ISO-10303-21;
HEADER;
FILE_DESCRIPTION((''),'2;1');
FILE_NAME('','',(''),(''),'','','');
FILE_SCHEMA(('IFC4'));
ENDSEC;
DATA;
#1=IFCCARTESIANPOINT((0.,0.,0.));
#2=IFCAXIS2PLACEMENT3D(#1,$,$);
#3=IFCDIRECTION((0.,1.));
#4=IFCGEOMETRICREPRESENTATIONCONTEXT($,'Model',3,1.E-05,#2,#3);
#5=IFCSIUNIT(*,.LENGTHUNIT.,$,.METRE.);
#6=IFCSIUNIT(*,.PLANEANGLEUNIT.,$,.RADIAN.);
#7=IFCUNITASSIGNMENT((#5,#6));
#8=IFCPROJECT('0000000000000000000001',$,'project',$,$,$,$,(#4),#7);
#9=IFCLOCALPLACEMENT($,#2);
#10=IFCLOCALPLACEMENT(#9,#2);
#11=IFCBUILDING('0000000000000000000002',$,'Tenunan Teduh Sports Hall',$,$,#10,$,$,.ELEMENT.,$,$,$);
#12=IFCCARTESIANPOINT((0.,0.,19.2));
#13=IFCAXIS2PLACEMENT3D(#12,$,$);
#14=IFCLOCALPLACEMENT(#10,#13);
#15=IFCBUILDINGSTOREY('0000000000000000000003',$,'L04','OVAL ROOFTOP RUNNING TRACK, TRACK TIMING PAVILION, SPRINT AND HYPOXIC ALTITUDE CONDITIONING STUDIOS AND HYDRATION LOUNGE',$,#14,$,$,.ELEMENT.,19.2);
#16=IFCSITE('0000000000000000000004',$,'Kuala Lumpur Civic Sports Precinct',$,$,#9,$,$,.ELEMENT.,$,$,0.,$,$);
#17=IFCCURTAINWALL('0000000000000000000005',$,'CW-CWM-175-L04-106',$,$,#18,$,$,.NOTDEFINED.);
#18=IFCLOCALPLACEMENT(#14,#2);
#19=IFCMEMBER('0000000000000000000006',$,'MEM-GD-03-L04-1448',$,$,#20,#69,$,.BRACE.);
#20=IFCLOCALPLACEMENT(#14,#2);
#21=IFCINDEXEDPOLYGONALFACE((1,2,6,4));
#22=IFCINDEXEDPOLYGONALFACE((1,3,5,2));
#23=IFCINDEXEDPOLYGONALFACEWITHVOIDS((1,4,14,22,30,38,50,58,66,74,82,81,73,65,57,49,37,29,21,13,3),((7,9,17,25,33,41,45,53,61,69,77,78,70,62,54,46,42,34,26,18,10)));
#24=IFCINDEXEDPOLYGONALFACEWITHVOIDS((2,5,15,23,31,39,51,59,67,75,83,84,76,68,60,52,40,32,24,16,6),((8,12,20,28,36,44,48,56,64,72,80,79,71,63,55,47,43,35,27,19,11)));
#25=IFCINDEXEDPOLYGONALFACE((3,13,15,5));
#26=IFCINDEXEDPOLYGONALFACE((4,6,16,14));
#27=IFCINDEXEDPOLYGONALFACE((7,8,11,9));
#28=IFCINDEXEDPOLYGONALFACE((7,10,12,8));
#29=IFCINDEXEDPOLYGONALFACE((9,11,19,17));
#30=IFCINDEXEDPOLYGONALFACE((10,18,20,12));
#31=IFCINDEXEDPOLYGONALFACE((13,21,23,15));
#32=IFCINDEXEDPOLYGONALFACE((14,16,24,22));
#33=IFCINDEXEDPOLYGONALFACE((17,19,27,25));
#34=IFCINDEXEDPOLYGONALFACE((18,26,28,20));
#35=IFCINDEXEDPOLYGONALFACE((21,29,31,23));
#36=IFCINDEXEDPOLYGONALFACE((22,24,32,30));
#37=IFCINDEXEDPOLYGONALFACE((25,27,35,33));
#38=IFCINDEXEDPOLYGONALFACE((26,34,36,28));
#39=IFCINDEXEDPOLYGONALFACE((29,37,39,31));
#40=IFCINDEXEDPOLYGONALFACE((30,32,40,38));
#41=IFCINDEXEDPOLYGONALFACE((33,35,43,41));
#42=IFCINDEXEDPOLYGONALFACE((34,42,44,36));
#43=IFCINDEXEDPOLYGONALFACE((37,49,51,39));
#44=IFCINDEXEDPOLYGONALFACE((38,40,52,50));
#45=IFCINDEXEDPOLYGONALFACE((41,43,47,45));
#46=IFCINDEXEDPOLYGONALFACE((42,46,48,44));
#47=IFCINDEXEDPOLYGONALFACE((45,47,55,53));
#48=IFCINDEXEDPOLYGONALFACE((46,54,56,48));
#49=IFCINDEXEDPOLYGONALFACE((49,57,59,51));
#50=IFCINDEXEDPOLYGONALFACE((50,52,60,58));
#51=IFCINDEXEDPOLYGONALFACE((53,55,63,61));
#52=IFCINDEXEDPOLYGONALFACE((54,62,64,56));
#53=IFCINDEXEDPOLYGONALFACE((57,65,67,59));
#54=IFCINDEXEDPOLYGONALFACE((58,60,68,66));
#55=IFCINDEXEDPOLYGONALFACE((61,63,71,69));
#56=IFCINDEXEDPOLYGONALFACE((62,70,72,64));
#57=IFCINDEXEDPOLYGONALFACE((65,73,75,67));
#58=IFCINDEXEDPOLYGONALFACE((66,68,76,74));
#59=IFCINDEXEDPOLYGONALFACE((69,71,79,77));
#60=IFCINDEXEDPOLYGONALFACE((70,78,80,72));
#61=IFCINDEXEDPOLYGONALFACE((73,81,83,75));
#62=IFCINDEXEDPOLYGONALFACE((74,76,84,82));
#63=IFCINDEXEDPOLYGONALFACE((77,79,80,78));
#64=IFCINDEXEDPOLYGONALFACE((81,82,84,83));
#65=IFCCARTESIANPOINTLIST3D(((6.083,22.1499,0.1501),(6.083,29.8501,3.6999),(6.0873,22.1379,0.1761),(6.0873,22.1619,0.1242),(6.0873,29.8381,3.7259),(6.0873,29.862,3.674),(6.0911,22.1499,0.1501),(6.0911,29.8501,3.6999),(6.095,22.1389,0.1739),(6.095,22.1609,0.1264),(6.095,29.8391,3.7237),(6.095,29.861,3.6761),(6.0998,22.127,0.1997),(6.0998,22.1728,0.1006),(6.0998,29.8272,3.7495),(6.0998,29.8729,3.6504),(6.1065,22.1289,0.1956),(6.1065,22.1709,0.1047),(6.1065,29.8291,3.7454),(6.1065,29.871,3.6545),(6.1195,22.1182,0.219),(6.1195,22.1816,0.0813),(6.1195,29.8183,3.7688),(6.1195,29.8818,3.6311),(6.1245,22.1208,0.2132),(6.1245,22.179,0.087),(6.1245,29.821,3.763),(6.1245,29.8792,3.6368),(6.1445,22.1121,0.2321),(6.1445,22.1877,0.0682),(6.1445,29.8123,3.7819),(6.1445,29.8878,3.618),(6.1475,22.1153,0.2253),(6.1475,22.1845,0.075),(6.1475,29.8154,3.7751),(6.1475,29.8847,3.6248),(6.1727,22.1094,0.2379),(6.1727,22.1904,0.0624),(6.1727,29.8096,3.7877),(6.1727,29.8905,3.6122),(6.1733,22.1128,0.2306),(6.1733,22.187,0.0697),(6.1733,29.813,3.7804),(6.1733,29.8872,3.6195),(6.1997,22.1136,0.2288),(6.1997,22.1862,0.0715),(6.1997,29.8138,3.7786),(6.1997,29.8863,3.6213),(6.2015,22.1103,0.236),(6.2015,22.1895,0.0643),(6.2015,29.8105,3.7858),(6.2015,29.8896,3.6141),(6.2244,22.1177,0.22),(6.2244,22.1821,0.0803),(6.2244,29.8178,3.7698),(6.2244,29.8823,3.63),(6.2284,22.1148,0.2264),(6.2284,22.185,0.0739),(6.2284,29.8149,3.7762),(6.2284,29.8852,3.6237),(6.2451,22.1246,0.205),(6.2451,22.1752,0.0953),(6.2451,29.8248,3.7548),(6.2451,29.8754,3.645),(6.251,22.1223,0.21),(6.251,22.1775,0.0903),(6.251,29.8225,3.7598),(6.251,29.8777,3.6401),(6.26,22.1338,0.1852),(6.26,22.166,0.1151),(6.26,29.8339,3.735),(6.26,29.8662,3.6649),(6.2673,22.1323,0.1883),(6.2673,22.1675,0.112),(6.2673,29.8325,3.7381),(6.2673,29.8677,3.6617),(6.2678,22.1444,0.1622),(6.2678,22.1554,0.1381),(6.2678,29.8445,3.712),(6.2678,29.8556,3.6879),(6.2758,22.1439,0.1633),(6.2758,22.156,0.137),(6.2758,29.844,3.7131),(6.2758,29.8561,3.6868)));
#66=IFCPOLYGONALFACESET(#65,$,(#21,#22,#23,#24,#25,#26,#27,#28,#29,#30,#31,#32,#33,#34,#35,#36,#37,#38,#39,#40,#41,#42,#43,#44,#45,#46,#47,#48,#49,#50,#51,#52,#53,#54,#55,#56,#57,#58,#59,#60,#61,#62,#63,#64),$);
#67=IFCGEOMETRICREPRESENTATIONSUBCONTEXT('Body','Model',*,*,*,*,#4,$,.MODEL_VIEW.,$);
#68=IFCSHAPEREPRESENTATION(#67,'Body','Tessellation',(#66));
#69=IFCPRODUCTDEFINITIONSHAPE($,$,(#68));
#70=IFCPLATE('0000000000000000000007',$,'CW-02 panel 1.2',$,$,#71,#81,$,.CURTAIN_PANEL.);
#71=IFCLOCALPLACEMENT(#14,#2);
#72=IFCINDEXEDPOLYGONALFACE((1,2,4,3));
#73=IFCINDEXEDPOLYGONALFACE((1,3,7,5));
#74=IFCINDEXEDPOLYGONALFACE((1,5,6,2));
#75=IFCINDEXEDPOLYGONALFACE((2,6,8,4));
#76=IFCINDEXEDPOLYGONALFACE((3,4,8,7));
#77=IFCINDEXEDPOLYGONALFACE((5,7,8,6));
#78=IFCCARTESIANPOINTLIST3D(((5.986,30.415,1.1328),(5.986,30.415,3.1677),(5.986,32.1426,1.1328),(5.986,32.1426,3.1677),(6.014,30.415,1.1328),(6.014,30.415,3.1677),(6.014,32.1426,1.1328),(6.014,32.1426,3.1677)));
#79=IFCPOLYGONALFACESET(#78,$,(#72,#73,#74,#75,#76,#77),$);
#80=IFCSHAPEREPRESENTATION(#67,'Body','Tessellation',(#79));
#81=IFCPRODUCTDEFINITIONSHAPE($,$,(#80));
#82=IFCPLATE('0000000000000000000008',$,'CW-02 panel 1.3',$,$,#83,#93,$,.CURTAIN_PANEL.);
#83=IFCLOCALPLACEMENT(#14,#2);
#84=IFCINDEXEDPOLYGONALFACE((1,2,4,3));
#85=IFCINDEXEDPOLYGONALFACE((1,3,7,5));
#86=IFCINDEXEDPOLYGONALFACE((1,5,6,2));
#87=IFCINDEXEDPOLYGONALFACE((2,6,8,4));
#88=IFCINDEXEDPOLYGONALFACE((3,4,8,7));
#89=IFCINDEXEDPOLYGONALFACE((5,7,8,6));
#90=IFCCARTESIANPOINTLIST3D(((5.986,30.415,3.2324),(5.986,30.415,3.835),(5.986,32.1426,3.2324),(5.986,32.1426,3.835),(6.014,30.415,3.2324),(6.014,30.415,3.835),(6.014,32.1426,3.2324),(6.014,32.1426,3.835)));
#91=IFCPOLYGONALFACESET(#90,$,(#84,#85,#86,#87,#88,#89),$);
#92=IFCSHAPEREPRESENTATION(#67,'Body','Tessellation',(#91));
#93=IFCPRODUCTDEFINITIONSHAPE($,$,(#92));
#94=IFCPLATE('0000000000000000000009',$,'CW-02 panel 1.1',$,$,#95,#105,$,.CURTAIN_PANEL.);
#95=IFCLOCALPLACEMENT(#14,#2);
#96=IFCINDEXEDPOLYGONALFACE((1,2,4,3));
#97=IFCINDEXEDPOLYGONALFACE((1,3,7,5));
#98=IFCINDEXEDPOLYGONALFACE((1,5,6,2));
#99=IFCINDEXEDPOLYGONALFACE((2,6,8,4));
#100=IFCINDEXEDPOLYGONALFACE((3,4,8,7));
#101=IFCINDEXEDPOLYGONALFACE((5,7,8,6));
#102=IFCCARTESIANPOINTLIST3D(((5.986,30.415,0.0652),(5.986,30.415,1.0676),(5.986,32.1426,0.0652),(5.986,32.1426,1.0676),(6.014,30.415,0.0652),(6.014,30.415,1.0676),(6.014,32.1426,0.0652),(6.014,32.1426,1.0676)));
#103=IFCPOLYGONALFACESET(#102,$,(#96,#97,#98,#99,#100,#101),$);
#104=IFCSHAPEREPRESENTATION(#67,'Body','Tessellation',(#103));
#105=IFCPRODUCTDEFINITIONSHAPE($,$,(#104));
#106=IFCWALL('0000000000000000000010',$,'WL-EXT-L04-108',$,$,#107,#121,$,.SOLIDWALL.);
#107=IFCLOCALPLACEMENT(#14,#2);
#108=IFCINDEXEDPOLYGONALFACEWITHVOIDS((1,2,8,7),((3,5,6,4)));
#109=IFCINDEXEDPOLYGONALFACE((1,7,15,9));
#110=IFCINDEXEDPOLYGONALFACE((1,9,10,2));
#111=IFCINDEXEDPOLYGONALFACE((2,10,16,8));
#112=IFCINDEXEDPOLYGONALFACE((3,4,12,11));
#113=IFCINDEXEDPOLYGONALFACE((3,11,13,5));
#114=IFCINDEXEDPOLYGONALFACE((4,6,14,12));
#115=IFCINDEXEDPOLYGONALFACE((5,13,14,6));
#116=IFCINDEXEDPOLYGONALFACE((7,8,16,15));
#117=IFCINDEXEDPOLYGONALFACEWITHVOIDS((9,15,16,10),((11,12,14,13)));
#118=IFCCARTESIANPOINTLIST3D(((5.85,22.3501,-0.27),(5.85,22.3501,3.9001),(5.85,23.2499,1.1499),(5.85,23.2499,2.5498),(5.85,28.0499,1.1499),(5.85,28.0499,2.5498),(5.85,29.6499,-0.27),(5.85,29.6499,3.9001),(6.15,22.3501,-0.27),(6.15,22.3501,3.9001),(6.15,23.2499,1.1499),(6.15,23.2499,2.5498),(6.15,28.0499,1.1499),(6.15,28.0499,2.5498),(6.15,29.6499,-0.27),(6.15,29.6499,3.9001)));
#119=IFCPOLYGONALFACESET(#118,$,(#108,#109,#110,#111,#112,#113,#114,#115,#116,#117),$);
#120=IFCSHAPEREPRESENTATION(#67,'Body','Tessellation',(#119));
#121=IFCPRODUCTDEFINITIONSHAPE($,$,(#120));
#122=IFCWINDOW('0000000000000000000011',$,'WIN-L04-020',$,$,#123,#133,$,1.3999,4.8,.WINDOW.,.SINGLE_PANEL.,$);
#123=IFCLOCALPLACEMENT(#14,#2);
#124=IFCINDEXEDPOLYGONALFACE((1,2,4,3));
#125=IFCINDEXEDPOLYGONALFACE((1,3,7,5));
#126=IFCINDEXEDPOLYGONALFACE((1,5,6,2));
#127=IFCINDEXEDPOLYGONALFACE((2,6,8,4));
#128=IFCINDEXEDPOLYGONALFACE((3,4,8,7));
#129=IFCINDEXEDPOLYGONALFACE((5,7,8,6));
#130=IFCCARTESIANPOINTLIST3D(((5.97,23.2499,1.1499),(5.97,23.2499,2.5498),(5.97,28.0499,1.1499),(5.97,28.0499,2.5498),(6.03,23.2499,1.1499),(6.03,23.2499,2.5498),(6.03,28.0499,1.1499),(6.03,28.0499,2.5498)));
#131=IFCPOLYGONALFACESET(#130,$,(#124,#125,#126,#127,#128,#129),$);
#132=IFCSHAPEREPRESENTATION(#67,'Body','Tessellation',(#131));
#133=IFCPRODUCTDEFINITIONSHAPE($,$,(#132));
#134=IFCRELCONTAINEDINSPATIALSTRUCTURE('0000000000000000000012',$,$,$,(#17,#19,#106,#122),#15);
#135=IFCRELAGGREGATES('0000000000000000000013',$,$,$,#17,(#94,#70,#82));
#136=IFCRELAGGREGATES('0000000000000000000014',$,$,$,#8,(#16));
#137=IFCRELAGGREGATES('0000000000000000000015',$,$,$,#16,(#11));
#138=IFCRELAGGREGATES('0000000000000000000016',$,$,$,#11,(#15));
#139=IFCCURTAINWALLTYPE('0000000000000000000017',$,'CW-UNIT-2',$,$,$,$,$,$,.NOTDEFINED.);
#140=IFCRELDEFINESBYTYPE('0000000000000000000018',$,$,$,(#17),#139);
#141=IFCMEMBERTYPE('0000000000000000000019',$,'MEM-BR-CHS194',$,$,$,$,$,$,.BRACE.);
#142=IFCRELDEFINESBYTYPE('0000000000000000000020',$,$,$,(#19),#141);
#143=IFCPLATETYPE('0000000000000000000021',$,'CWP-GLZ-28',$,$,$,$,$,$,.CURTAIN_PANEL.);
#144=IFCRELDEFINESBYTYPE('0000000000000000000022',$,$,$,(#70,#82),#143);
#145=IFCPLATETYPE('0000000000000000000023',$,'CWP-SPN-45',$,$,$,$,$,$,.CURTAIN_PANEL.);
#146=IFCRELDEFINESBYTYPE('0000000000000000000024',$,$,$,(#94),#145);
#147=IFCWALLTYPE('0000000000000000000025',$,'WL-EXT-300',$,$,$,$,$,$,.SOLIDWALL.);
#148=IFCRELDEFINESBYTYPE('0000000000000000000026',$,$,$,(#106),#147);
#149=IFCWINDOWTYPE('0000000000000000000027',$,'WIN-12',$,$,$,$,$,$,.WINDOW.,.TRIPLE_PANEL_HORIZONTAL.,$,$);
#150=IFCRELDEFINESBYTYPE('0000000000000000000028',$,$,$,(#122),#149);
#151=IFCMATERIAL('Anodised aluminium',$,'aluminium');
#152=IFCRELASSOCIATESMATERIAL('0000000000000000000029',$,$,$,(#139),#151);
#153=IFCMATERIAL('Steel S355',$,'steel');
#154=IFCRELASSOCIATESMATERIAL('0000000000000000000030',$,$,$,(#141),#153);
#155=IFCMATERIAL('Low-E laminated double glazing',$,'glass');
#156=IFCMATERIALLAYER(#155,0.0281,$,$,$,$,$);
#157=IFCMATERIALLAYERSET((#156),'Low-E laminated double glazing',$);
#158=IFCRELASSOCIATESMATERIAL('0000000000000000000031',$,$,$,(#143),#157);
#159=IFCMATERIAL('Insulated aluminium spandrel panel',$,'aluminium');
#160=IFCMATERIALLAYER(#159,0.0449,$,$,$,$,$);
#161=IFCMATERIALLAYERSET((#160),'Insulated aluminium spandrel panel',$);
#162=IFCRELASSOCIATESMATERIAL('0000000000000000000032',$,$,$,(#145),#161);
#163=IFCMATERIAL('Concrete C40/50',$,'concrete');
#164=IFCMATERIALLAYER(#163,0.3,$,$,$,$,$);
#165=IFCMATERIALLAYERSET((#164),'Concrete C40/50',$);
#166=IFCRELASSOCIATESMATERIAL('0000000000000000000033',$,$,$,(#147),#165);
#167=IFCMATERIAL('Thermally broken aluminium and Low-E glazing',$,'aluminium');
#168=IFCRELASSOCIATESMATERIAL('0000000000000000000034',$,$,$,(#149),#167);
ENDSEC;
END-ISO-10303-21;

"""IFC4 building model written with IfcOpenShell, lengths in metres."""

from ifc_helpers import new_model, si_unit, direction, frame, frame_2d, origin, origin_2d, place, context, subcontext, project, spatial, rectangle, hollow_circle, extrude, material, layer, layer_set, material_profile, profile_set, type_object, element, fill, aggregate, save


model = new_model("IFC4")

# Units and contexts
model_context = context("Model", 3, precision=1e-05, world=origin(), true_north=direction((0.0, 1.0)))
body_context = subcontext(model_context, "Body", "Model", "MODEL_VIEW")
ifc_project = project(units=[si_unit("LENGTHUNIT", "METRE"), si_unit("PLANEANGLEUNIT", "RADIAN")], contexts=[model_context])

# Site, building, storey
site_placement = place(None, origin())
site = spatial("IfcSite", under=ifc_project, at=site_placement, Name="Kuala Lumpur Civic Sports Precinct", CompositionType="ELEMENT", RefElevation=0.0)
building_placement = place(site_placement, origin())
building = spatial("IfcBuilding", under=site, at=building_placement, Name="Tenunan Teduh Sports Hall", CompositionType="ELEMENT")
storey_placement = place(building_placement, frame((0.0, 0.0, 19.2)))
storey = spatial("IfcBuildingStorey", under=building, at=storey_placement, Name="L04", Description="OVAL ROOFTOP RUNNING TRACK, TRACK TIMING PAVILION, SPRINT AND HYPOXIC ALTITUDE CONDITIONING STUDIOS AND HYDRATION LOUNGE", CompositionType="ELEMENT", Elevation=19.2)

# Curtain wall
ifc_material_1 = material(Name="Anodised aluminium", Category="aluminium")
curtain_wall_type = type_object("IfcCurtainWallType", Name="CW-UNIT-2", PredefinedType="NOTDEFINED", material=ifc_material_1)
curtain_wall_placement = place(storey_placement, origin())
curtain_wall = element("IfcCurtainWall", 1, at=curtain_wall_placement, inside=storey, type_object=curtain_wall_type, Name="CW-CWM-175-L04-106", PredefinedType="NOTDEFINED")

# Member
ifc_material_2 = material(Name="Steel S355", Category="steel")
ifc_material_profile_1 = material_profile(ifc_material_2, hollow_circle(Radius=0.0969, WallThickness=0.0081, at=origin_2d()), Name="CHS 193.7x8.0")
ifc_profile_set_1 = profile_set([ifc_material_profile_1], Name="Steel S355")
member_type_1 = type_object("IfcMemberType", Name="MEM-BR-CHS194", PredefinedType="BRACE", material=ifc_profile_set_1)
member_1_placement = place(storey_placement, frame((6.1799, 22.1499, 0.1501), z_axis=(0.0, 0.908145, 0.418656), x_axis=(-1.0, 0.0, 0.0)))
element("IfcMember", 2, at=member_1_placement, inside=storey, type_object=member_type_1, Name="MEM-GD-03-L04-1448", PredefinedType="BRACE", context=body_context, shape_type="SweptSolid", body=[
    extrude(hollow_circle(Radius=0.0969, WallThickness=0.0081, at=origin_2d()), origin(), (0.0, 0.0, 1.0), 8.479),
])

# Plates
ifc_material_3 = material(Name="Low-E laminated double glazing", Category="glass")
ifc_layer_1 = layer(ifc_material_3, 0.0281)
ifc_layer_set_1 = layer_set([ifc_layer_1], Name="Low-E laminated double glazing")
plate_type_1 = type_object("IfcPlateType", Name="CWP-GLZ-28", PredefinedType="CURTAIN_PANEL", material=ifc_layer_set_1)
plate_1_placement = place(storey_placement, frame((6.0, 31.2788, 1.1328), z_axis=(0.0, 0.0, 1.0), x_axis=(0.0, 1.0, 0.0)))
plate_1 = element("IfcPlate", 3, at=plate_1_placement, type_object=plate_type_1, Name="CW-02 panel 1.2", PredefinedType="CURTAIN_PANEL", context=body_context, shape_type="SweptSolid", body=[
    extrude(rectangle(XDim=1.7275, YDim=0.0281, at=origin_2d()), origin(), (0.0, 0.0, 1.0), 2.0349),
])
plate_2_placement = place(storey_placement, frame((6.0, 31.2788, 3.2324), z_axis=(0.0, 0.0, 1.0), x_axis=(0.0, 1.0, 0.0)))
plate_2 = element("IfcPlate", 4, at=plate_2_placement, type_object=plate_type_1, Name="CW-02 panel 1.3", PredefinedType="CURTAIN_PANEL", context=body_context, shape_type="SweptSolid", body=[
    extrude(rectangle(XDim=1.7275, YDim=0.0281, at=origin_2d()), origin(), (0.0, 0.0, 1.0), 0.6025),
])
ifc_material_4 = material(Name="Insulated aluminium spandrel panel", Category="aluminium")
ifc_layer_2 = layer(ifc_material_4, 0.0449)
ifc_layer_set_2 = layer_set([ifc_layer_2], Name="Insulated aluminium spandrel panel")
plate_type_2 = type_object("IfcPlateType", Name="CWP-SPN-45", PredefinedType="CURTAIN_PANEL", material=ifc_layer_set_2)
plate_3_placement = place(storey_placement, frame((6.0, 31.2788, 0.0652), z_axis=(0.0, 0.0, 1.0), x_axis=(0.0, 1.0, 0.0)))
plate_3 = element("IfcPlate", 5, at=plate_3_placement, type_object=plate_type_2, Name="CW-02 panel 1.1", PredefinedType="CURTAIN_PANEL", context=body_context, shape_type="SweptSolid", body=[
    extrude(rectangle(XDim=1.7275, YDim=0.0281, at=origin_2d()), origin(), (0.0, 0.0, 1.0), 1.0024),
])
aggregate(curtain_wall, [plate_3, plate_1, plate_2])

# Wall, opening, window
ifc_material_5 = material(Name="Concrete C40/50", Category="concrete")
ifc_layer_3 = layer(ifc_material_5, 0.3)
ifc_layer_set_3 = layer_set([ifc_layer_3], Name="Concrete C40/50")
wall_type = type_object("IfcWallType", Name="WL-EXT-300", PredefinedType="SOLIDWALL", material=ifc_layer_set_3)
wall_placement = place(storey_placement, frame((6.0, 22.3501, -0.27), z_axis=(0.0, 0.0, 1.0), x_axis=(0.0, 1.0, 0.0)))
wall = element("IfcWall", 6, at=wall_placement, inside=storey, type_object=wall_type, Name="WL-EXT-L04-108", PredefinedType="SOLIDWALL", context=body_context, shape_type="SweptSolid", body=[
    extrude(rectangle(XDim=7.2998, YDim=0.3, at=frame_2d((3.6499, 0.0))), origin(), (0.0, 0.0, 1.0), 4.1702),
])
opening_placement = place(wall_placement, frame((0.8999, 0.0, 1.4199)))
opening = element("IfcOpeningElement", 7, at=opening_placement, cuts=wall, PredefinedType="OPENING", context=body_context, shape_type="SweptSolid", body=[
    extrude(rectangle(XDim=4.8, YDim=1.3999, at=frame_2d((2.3999, 0.7))), frame((0.0, 0.1599, 0.0), z_axis=(0.0, -1.0, 0.0), x_axis=(1.0, 0.0, 0.0)), (0.0, 0.0, 1.0), 0.3201),
])
ifc_material_6 = material(Name="Thermally broken aluminium and Low-E glazing", Category="aluminium")
window_type = type_object("IfcWindowType", Name="WIN-12", PartitioningType="TRIPLE_PANEL_HORIZONTAL", PredefinedType="WINDOW", material=ifc_material_6)
window_placement = place(opening_placement, origin())
window = element("IfcWindow", 8, at=window_placement, inside=storey, type_object=window_type, Name="WIN-L04-020", OverallHeight=1.3999, OverallWidth=4.8, PartitioningType="SINGLE_PANEL", PredefinedType="WINDOW", context=body_context, shape_type="SweptSolid", body=[
    extrude(rectangle(XDim=4.8, YDim=1.3999, at=frame_2d((2.3999, 0.7))), frame((0.0, 0.03, 0.0), z_axis=(0.0, -1.0, 0.0), x_axis=(1.0, 0.0, 0.0)), (0.0, 0.0, 1.0), 0.0601),
])
fill(opening, window)

save(model, "model.ifc")
